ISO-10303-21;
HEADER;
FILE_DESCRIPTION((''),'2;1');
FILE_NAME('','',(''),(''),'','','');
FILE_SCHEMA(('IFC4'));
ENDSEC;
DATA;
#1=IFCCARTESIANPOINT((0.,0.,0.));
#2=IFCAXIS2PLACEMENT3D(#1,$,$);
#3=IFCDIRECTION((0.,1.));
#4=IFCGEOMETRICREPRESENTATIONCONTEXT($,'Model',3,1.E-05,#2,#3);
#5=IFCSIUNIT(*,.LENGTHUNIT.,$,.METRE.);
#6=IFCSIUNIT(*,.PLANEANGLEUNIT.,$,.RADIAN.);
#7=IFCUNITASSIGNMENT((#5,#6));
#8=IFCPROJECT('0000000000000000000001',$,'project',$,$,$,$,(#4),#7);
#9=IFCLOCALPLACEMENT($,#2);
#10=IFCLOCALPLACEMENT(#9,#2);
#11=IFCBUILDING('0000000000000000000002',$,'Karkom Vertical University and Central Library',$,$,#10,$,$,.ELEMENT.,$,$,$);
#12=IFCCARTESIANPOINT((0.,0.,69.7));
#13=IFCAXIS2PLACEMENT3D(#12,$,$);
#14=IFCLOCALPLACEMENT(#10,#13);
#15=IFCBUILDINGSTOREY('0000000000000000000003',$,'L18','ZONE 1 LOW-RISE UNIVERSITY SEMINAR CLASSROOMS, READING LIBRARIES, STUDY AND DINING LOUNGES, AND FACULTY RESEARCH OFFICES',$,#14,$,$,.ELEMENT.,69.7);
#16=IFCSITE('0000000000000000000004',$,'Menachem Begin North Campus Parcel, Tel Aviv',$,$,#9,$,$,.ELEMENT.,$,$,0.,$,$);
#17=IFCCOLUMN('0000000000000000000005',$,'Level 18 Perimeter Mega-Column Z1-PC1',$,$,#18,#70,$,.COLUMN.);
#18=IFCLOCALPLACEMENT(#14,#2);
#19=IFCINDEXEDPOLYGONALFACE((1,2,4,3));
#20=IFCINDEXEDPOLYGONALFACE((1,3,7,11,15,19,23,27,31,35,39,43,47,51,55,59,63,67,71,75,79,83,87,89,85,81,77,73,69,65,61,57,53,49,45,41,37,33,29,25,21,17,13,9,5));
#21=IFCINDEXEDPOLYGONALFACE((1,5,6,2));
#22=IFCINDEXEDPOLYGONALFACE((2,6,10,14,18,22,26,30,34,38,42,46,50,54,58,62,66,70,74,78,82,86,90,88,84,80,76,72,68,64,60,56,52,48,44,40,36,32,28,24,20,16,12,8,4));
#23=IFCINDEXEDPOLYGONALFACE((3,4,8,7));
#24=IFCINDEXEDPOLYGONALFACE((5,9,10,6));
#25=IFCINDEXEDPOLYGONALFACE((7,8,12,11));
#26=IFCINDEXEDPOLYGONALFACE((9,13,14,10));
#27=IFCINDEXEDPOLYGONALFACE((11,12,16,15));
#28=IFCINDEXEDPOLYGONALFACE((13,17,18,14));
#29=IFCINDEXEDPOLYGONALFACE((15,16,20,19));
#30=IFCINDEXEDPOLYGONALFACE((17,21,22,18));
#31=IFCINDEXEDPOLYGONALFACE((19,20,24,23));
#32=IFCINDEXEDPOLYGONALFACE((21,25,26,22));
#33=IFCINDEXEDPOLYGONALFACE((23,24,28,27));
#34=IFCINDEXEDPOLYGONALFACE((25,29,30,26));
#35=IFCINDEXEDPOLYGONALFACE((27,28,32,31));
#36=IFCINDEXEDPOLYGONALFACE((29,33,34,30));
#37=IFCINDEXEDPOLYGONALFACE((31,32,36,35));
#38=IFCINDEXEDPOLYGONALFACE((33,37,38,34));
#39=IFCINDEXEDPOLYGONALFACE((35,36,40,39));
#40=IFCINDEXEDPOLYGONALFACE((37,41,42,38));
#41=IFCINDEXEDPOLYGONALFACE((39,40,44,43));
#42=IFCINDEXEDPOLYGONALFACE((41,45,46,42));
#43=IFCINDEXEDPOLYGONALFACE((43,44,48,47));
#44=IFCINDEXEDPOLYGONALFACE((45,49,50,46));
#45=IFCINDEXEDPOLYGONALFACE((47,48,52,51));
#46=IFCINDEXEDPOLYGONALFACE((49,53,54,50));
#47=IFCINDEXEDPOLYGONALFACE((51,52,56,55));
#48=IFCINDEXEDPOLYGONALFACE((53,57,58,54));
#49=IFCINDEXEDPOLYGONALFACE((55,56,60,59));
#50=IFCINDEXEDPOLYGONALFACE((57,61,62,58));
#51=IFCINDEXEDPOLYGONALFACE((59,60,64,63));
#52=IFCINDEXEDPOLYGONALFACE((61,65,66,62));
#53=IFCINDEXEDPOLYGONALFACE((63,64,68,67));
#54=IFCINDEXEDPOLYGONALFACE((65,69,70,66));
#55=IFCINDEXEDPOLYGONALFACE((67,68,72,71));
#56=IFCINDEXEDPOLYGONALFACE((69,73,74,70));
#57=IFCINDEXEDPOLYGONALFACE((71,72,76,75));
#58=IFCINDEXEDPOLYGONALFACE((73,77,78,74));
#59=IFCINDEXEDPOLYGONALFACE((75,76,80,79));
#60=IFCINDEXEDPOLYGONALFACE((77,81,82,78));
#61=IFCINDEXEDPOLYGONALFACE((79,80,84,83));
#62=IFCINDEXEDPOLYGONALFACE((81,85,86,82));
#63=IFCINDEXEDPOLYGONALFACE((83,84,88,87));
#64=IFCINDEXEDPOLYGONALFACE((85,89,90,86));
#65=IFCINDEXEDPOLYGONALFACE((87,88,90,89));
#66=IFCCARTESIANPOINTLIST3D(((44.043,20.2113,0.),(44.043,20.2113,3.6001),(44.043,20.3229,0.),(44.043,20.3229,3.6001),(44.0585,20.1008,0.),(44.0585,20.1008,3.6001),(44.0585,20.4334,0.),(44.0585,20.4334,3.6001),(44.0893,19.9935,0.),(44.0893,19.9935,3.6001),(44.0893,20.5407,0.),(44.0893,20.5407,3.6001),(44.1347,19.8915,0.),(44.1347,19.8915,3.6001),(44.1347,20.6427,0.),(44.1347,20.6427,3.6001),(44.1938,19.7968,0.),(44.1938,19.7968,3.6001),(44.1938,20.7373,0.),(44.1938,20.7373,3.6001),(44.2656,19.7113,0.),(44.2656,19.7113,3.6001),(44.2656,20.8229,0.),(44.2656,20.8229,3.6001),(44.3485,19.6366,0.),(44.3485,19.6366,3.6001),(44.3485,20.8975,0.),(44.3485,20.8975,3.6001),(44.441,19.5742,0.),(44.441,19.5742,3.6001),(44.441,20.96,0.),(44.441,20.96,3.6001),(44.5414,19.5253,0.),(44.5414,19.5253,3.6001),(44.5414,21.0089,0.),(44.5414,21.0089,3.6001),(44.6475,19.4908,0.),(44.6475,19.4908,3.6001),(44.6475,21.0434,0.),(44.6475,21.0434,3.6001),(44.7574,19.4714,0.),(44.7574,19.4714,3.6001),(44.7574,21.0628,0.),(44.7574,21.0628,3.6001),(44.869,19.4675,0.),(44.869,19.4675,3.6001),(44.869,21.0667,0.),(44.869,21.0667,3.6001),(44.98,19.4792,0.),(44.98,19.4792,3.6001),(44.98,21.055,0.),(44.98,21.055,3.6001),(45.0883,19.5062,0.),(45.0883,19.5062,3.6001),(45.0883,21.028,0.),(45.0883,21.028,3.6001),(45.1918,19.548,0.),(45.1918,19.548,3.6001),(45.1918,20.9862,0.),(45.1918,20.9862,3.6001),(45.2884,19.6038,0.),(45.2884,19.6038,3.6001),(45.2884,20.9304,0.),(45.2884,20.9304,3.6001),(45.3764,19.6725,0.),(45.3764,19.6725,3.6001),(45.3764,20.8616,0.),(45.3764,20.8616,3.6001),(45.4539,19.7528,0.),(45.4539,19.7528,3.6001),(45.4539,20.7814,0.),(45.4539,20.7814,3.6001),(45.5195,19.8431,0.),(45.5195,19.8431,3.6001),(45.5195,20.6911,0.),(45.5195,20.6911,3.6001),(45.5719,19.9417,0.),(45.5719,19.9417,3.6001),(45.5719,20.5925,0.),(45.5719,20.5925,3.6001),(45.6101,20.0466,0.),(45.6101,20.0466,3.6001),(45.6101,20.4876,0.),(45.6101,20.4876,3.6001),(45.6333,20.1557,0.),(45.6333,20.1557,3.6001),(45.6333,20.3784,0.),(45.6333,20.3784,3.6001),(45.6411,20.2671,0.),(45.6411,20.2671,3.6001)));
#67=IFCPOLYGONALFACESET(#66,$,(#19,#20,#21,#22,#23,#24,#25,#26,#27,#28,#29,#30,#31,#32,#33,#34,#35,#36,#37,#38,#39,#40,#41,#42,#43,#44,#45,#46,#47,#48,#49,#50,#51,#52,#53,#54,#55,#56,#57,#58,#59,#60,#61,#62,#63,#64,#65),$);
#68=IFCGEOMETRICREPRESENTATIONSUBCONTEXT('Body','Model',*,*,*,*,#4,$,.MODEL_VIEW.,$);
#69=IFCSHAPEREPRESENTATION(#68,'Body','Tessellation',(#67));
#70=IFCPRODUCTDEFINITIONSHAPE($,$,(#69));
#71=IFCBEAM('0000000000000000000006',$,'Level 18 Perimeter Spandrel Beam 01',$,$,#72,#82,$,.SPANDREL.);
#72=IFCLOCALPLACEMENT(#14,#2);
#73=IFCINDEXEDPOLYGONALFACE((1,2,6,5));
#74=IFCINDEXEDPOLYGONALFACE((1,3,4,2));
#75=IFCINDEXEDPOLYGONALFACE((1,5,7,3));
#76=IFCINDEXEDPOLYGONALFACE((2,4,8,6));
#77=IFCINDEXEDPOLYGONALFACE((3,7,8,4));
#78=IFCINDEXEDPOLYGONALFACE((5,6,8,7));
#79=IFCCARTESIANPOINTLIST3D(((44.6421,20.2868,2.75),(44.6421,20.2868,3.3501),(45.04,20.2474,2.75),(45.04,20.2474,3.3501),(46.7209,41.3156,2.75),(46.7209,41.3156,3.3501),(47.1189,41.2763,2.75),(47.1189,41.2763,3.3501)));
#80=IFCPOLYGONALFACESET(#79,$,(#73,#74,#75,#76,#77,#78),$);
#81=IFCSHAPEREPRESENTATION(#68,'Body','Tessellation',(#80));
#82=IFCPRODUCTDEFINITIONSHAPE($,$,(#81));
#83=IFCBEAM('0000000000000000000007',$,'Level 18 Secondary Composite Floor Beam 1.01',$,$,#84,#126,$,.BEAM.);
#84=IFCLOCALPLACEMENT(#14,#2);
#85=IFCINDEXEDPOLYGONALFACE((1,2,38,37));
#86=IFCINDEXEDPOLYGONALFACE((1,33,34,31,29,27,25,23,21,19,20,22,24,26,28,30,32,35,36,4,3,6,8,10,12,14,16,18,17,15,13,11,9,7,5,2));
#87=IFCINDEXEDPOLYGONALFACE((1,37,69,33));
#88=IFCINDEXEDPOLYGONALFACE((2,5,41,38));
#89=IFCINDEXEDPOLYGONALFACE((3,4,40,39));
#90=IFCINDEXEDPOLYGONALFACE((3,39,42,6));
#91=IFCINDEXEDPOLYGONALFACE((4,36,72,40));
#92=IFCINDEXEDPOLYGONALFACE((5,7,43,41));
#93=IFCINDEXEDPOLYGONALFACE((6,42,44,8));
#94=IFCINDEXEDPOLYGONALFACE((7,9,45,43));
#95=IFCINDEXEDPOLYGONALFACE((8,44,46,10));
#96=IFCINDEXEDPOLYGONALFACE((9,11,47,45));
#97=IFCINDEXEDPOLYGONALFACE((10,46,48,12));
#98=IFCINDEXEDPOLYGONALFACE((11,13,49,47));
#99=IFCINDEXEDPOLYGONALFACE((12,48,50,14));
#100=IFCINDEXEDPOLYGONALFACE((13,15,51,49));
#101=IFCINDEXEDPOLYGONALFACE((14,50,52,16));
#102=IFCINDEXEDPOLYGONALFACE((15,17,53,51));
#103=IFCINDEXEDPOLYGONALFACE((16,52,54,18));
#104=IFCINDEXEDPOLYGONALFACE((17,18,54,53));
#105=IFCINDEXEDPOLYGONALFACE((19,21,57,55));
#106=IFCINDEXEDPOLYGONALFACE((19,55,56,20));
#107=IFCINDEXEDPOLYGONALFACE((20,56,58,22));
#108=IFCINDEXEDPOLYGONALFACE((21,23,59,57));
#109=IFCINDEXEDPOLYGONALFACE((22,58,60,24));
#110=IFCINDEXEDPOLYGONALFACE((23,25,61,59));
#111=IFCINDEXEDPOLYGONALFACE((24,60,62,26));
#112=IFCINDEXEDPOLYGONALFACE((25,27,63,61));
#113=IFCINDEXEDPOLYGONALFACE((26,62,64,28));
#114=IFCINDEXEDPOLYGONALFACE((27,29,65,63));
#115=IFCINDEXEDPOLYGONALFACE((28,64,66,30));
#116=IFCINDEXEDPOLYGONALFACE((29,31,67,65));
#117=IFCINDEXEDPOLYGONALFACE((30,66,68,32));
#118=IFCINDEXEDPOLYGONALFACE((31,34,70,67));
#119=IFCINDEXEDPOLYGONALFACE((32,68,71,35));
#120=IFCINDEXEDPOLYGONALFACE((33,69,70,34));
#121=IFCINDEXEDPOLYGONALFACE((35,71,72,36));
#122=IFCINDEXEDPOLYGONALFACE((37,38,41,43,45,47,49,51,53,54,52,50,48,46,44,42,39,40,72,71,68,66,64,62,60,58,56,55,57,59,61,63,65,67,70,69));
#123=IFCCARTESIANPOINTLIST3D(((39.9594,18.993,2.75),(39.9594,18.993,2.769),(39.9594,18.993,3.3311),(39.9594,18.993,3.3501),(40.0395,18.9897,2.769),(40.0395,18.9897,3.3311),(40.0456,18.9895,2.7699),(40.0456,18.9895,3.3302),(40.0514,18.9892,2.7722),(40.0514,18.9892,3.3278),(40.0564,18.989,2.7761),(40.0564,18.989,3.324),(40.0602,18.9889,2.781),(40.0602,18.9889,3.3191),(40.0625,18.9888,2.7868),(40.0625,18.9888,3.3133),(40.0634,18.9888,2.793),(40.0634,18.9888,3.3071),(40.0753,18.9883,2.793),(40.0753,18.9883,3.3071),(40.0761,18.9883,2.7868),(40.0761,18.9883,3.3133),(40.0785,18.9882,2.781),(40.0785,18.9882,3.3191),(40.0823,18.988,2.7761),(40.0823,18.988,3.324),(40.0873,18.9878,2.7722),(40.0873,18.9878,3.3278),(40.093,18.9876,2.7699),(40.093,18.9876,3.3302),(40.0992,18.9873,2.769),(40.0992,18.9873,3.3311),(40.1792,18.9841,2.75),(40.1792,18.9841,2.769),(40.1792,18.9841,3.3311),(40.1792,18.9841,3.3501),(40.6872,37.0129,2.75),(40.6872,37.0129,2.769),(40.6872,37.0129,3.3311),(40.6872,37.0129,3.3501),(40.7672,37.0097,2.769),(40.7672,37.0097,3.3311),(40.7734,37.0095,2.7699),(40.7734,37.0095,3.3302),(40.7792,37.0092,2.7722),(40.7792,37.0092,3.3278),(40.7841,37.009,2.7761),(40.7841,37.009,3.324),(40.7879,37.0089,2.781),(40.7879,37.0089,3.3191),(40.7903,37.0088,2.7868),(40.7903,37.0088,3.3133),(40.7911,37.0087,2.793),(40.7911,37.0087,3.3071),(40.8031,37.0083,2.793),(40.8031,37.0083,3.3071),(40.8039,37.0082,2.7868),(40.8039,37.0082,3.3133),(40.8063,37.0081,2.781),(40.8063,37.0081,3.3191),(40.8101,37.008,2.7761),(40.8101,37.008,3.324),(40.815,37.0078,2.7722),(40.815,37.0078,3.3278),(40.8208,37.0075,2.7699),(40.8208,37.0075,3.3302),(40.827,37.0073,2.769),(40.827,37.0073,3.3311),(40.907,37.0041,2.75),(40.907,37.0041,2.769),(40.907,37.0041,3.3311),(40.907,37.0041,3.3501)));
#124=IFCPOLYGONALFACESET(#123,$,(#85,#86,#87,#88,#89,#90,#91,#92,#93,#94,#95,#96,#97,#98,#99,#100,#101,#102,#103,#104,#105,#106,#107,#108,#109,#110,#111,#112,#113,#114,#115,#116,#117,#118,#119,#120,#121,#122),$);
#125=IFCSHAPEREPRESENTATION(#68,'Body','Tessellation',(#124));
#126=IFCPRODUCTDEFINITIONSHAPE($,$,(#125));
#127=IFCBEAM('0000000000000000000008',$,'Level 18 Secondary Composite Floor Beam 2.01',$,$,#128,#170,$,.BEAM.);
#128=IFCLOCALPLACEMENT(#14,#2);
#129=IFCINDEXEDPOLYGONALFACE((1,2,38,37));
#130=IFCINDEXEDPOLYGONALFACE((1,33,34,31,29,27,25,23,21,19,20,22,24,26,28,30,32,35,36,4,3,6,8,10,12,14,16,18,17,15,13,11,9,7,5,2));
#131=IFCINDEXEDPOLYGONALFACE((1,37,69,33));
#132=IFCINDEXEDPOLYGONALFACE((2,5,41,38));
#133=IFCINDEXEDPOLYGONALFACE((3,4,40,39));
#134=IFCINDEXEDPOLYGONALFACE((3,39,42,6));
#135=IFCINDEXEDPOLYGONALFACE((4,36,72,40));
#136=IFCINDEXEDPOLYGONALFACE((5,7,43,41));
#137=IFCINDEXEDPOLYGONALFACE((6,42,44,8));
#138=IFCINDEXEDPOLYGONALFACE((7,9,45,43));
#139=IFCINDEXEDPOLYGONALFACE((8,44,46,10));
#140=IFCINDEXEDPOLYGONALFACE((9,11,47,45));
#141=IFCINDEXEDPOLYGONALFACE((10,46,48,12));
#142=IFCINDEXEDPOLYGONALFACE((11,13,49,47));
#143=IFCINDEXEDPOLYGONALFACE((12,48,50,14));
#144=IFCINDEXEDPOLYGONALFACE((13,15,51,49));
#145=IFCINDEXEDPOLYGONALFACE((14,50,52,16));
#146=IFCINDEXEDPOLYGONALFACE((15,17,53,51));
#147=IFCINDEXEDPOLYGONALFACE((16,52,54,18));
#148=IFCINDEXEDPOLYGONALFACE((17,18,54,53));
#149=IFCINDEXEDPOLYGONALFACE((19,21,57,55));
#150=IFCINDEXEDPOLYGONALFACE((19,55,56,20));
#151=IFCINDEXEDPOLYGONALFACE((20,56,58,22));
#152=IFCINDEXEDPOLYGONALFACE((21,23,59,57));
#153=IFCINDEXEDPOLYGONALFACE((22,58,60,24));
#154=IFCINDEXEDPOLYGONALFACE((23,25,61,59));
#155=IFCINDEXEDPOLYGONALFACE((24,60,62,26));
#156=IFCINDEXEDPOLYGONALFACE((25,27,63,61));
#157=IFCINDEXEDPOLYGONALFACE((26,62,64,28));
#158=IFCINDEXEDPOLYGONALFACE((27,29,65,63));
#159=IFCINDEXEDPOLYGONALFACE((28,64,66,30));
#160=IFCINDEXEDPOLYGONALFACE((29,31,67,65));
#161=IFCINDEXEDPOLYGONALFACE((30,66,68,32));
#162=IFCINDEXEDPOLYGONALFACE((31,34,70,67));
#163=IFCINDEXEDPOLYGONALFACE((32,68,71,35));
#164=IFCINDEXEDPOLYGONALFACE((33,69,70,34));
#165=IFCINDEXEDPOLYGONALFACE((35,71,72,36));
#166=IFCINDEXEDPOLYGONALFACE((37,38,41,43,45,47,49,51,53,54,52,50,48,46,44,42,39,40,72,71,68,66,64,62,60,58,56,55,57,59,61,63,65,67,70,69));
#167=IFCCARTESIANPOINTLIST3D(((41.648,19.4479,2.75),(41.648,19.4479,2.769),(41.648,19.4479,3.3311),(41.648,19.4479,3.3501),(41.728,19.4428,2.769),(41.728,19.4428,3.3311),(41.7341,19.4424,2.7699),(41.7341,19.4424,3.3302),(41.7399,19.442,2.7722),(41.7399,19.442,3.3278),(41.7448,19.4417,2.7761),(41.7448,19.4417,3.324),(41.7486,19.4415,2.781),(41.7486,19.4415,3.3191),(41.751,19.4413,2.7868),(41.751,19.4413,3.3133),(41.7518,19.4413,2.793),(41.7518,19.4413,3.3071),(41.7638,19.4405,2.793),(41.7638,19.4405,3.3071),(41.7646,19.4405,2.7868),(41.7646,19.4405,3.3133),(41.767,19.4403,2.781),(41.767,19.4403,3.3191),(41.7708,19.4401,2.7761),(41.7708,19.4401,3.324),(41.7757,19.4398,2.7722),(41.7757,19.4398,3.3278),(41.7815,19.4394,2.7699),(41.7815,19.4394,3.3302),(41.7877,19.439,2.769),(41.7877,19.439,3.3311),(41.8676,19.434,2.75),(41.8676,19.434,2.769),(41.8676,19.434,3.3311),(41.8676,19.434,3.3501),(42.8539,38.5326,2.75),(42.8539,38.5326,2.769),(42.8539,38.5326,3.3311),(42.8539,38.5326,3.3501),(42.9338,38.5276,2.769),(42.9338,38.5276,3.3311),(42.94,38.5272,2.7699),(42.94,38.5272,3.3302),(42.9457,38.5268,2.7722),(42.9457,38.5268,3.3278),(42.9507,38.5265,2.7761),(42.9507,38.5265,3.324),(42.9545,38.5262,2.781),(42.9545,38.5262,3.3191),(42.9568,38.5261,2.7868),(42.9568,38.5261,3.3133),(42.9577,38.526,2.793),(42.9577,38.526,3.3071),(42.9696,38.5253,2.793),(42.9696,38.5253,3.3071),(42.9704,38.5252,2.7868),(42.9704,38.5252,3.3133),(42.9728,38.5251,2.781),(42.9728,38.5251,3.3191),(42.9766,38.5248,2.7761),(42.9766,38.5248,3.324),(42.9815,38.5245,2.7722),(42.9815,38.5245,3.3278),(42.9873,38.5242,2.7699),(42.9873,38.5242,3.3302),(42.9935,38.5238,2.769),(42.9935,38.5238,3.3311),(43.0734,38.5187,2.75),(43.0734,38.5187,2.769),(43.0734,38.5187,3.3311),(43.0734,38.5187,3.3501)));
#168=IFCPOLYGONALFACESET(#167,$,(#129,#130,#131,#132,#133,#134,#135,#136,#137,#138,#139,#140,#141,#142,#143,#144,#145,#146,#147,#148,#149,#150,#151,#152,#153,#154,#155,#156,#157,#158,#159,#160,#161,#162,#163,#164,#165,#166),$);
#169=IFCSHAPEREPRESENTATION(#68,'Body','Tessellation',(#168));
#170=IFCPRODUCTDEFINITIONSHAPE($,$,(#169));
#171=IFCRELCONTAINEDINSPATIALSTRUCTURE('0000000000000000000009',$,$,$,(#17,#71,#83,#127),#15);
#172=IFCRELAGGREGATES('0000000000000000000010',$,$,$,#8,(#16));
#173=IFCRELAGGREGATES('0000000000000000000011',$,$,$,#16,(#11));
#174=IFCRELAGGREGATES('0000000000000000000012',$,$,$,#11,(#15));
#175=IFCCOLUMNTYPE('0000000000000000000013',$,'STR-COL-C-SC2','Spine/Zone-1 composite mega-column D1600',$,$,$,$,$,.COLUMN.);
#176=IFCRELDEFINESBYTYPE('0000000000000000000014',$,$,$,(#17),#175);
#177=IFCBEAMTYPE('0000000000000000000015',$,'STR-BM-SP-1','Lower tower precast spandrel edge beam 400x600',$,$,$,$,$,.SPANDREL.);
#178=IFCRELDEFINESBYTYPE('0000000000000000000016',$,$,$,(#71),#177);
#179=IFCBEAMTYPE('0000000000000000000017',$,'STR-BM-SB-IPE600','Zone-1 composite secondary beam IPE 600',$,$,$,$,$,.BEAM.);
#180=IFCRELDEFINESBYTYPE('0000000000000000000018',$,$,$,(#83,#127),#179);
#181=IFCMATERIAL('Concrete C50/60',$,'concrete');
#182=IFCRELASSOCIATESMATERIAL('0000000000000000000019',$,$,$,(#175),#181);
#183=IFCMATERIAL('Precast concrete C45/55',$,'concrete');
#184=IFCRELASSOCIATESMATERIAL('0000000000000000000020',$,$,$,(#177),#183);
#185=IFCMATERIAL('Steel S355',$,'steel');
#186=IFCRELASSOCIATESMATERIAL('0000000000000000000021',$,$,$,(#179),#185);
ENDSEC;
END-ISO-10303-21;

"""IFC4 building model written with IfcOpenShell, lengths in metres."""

from ifc_helpers import new_model, si_unit, direction, frame, origin, origin_with_axes, origin_2d, place, context, subcontext, project, spatial, rectangle, circle, i_section, extrude, source, transform, mapped, material, material_profile, profile_set, type_object, element, save


model = new_model("IFC4")

# Units and contexts
model_context = context("Model", 3, precision=1e-05, world=origin(), true_north=direction((0.0, 1.0)))
body_context = subcontext(model_context, "Body", "Model", "MODEL_VIEW")
ifc_project = project(units=[si_unit("LENGTHUNIT", "METRE"), si_unit("PLANEANGLEUNIT", "RADIAN")], contexts=[model_context])

# Site, building, storey
site_placement = place(None, origin())
site = spatial("IfcSite", under=ifc_project, at=site_placement, Name="Menachem Begin North Campus Parcel, Tel Aviv", CompositionType="ELEMENT", RefElevation=0.0)
building_placement = place(site_placement, origin())
building = spatial("IfcBuilding", under=site, at=building_placement, Name="Karkom Vertical University and Central Library", CompositionType="ELEMENT")
storey_placement = place(building_placement, frame((0.0, 0.0, 69.7)))
storey = spatial("IfcBuildingStorey", under=building, at=storey_placement, Name="L18", Description="ZONE 1 LOW-RISE UNIVERSITY SEMINAR CLASSROOMS, READING LIBRARIES, STUDY AND DINING LOUNGES, AND FACULTY RESEARCH OFFICES", CompositionType="ELEMENT", Elevation=69.7)

# Column
ifc_material_1 = material(Name="Concrete C50/60", Category="concrete")
ifc_material_profile_1 = material_profile(ifc_material_1, circle(Radius=0.8, at=origin_2d()), Name="CFT-D1600")
ifc_profile_set_1 = profile_set([ifc_material_profile_1], Name="Concrete C50/60")
column_type = type_object("IfcColumnType", Name="STR-COL-C-SC2", Description="Spine/Zone-1 composite mega-column D1600", PredefinedType="COLUMN", material=ifc_profile_set_1)
shared_shape_1 = source(origin_with_axes(), body_context, "Body", "SweptSolid", [
    extrude(circle(Radius=0.8, at=origin_2d()), origin(), (0.0, 0.0, 1.0), 3.6001),
])
column_placement = place(storey_placement, frame((44.8411, 20.2671, 0.0), z_axis=(0.0, 0.0, 1.0), x_axis=(1.0, 0.0, 0.0)))
element("IfcColumn", 1, at=column_placement, inside=storey, type_object=column_type, Name="Level 18 Perimeter Mega-Column Z1-PC1", PredefinedType="COLUMN", context=body_context, shape_type="MappedRepresentation", body=[
    mapped(shared_shape_1, transform((0.0, 0.0, 0.0), scale=1.0)),
])

# Beams
ifc_material_2 = material(Name="Precast concrete C45/55", Category="concrete")
ifc_material_profile_2 = material_profile(ifc_material_2, rectangle(XDim=0.3999, YDim=0.6001, at=origin_2d()), Name="SPB-400x600")
ifc_profile_set_2 = profile_set([ifc_material_profile_2], Name="Precast concrete C45/55")
beam_type_1 = type_object("IfcBeamType", Name="STR-BM-SP-1", Description="Lower tower precast spandrel edge beam 400x600", PredefinedType="SPANDREL", material=ifc_profile_set_2)
shared_shape_2 = source(origin_with_axes(), body_context, "Body", "SweptSolid", [
    extrude(rectangle(XDim=0.3999, YDim=0.6001, at=origin_2d()), origin(), (0.0, 0.0, 1.0), 21.1313),
])
beam_1_placement = place(storey_placement, frame((44.8411, 20.2671, 3.05), z_axis=(0.098378, 0.995149, 0.0), x_axis=(-0.995149, 0.098378, 0.0)))
element("IfcBeam", 2, at=beam_1_placement, inside=storey, type_object=beam_type_1, Name="Level 18 Perimeter Spandrel Beam 01", PredefinedType="SPANDREL", context=body_context, shape_type="MappedRepresentation", body=[
    mapped(shared_shape_2, transform((0.0, 0.0, 0.0), scale=1.0)),
])
ifc_material_3 = material(Name="Steel S355", Category="steel")
ifc_material_profile_3 = material_profile(ifc_material_3, i_section(OverallWidth=0.22, OverallDepth=0.6001, WebThickness=0.012, FlangeThickness=0.019, FilletRadius=0.0239, at=origin_2d()), Name="IPE 600")
ifc_profile_set_3 = profile_set([ifc_material_profile_3], Name="Steel S355")
beam_type_2 = type_object("IfcBeamType", Name="STR-BM-SB-IPE600", Description="Zone-1 composite secondary beam IPE 600", PredefinedType="BEAM", material=ifc_profile_set_3)
shared_shape_3 = source(origin_with_axes(), body_context, "Body", "SweptSolid", [
    extrude(i_section(OverallWidth=0.22, OverallDepth=0.6001, WebThickness=0.012, FlangeThickness=0.019, FilletRadius=0.0239, at=origin_2d()), origin(), (0.0, 0.0, 1.0), 18.0347),
])
beam_2_placement = place(storey_placement, frame((40.0693, 18.9885, 3.05), z_axis=(0.040355, 0.999185, 0.0), x_axis=(-0.999185, 0.040355, 0.0)))
element("IfcBeam", 3, at=beam_2_placement, inside=storey, type_object=beam_type_2, Name="Level 18 Secondary Composite Floor Beam 1.01", PredefinedType="BEAM", context=body_context, shape_type="MappedRepresentation", body=[
    mapped(shared_shape_3, transform((0.0, 0.0, 0.0), scale=1.0)),
])
shared_shape_4 = source(origin_with_axes(), body_context, "Body", "SweptSolid", [
    extrude(i_section(OverallWidth=0.22, OverallDepth=0.6001, WebThickness=0.012, FlangeThickness=0.019, FilletRadius=0.0239, at=origin_2d()), origin(), (0.0, 0.0, 1.0), 19.1228),
])
beam_3_placement = place(storey_placement, frame((41.7578, 19.4409, 3.05), z_axis=(0.063056, 0.99801, 0.0), x_axis=(-0.99801, 0.063056, 0.0)))
element("IfcBeam", 4, at=beam_3_placement, inside=storey, type_object=beam_type_2, Name="Level 18 Secondary Composite Floor Beam 2.01", PredefinedType="BEAM", context=body_context, shape_type="MappedRepresentation", body=[
    mapped(shared_shape_4, transform((0.0, 0.0, 0.0), scale=1.0)),
])

save(model, "model.ifc")
